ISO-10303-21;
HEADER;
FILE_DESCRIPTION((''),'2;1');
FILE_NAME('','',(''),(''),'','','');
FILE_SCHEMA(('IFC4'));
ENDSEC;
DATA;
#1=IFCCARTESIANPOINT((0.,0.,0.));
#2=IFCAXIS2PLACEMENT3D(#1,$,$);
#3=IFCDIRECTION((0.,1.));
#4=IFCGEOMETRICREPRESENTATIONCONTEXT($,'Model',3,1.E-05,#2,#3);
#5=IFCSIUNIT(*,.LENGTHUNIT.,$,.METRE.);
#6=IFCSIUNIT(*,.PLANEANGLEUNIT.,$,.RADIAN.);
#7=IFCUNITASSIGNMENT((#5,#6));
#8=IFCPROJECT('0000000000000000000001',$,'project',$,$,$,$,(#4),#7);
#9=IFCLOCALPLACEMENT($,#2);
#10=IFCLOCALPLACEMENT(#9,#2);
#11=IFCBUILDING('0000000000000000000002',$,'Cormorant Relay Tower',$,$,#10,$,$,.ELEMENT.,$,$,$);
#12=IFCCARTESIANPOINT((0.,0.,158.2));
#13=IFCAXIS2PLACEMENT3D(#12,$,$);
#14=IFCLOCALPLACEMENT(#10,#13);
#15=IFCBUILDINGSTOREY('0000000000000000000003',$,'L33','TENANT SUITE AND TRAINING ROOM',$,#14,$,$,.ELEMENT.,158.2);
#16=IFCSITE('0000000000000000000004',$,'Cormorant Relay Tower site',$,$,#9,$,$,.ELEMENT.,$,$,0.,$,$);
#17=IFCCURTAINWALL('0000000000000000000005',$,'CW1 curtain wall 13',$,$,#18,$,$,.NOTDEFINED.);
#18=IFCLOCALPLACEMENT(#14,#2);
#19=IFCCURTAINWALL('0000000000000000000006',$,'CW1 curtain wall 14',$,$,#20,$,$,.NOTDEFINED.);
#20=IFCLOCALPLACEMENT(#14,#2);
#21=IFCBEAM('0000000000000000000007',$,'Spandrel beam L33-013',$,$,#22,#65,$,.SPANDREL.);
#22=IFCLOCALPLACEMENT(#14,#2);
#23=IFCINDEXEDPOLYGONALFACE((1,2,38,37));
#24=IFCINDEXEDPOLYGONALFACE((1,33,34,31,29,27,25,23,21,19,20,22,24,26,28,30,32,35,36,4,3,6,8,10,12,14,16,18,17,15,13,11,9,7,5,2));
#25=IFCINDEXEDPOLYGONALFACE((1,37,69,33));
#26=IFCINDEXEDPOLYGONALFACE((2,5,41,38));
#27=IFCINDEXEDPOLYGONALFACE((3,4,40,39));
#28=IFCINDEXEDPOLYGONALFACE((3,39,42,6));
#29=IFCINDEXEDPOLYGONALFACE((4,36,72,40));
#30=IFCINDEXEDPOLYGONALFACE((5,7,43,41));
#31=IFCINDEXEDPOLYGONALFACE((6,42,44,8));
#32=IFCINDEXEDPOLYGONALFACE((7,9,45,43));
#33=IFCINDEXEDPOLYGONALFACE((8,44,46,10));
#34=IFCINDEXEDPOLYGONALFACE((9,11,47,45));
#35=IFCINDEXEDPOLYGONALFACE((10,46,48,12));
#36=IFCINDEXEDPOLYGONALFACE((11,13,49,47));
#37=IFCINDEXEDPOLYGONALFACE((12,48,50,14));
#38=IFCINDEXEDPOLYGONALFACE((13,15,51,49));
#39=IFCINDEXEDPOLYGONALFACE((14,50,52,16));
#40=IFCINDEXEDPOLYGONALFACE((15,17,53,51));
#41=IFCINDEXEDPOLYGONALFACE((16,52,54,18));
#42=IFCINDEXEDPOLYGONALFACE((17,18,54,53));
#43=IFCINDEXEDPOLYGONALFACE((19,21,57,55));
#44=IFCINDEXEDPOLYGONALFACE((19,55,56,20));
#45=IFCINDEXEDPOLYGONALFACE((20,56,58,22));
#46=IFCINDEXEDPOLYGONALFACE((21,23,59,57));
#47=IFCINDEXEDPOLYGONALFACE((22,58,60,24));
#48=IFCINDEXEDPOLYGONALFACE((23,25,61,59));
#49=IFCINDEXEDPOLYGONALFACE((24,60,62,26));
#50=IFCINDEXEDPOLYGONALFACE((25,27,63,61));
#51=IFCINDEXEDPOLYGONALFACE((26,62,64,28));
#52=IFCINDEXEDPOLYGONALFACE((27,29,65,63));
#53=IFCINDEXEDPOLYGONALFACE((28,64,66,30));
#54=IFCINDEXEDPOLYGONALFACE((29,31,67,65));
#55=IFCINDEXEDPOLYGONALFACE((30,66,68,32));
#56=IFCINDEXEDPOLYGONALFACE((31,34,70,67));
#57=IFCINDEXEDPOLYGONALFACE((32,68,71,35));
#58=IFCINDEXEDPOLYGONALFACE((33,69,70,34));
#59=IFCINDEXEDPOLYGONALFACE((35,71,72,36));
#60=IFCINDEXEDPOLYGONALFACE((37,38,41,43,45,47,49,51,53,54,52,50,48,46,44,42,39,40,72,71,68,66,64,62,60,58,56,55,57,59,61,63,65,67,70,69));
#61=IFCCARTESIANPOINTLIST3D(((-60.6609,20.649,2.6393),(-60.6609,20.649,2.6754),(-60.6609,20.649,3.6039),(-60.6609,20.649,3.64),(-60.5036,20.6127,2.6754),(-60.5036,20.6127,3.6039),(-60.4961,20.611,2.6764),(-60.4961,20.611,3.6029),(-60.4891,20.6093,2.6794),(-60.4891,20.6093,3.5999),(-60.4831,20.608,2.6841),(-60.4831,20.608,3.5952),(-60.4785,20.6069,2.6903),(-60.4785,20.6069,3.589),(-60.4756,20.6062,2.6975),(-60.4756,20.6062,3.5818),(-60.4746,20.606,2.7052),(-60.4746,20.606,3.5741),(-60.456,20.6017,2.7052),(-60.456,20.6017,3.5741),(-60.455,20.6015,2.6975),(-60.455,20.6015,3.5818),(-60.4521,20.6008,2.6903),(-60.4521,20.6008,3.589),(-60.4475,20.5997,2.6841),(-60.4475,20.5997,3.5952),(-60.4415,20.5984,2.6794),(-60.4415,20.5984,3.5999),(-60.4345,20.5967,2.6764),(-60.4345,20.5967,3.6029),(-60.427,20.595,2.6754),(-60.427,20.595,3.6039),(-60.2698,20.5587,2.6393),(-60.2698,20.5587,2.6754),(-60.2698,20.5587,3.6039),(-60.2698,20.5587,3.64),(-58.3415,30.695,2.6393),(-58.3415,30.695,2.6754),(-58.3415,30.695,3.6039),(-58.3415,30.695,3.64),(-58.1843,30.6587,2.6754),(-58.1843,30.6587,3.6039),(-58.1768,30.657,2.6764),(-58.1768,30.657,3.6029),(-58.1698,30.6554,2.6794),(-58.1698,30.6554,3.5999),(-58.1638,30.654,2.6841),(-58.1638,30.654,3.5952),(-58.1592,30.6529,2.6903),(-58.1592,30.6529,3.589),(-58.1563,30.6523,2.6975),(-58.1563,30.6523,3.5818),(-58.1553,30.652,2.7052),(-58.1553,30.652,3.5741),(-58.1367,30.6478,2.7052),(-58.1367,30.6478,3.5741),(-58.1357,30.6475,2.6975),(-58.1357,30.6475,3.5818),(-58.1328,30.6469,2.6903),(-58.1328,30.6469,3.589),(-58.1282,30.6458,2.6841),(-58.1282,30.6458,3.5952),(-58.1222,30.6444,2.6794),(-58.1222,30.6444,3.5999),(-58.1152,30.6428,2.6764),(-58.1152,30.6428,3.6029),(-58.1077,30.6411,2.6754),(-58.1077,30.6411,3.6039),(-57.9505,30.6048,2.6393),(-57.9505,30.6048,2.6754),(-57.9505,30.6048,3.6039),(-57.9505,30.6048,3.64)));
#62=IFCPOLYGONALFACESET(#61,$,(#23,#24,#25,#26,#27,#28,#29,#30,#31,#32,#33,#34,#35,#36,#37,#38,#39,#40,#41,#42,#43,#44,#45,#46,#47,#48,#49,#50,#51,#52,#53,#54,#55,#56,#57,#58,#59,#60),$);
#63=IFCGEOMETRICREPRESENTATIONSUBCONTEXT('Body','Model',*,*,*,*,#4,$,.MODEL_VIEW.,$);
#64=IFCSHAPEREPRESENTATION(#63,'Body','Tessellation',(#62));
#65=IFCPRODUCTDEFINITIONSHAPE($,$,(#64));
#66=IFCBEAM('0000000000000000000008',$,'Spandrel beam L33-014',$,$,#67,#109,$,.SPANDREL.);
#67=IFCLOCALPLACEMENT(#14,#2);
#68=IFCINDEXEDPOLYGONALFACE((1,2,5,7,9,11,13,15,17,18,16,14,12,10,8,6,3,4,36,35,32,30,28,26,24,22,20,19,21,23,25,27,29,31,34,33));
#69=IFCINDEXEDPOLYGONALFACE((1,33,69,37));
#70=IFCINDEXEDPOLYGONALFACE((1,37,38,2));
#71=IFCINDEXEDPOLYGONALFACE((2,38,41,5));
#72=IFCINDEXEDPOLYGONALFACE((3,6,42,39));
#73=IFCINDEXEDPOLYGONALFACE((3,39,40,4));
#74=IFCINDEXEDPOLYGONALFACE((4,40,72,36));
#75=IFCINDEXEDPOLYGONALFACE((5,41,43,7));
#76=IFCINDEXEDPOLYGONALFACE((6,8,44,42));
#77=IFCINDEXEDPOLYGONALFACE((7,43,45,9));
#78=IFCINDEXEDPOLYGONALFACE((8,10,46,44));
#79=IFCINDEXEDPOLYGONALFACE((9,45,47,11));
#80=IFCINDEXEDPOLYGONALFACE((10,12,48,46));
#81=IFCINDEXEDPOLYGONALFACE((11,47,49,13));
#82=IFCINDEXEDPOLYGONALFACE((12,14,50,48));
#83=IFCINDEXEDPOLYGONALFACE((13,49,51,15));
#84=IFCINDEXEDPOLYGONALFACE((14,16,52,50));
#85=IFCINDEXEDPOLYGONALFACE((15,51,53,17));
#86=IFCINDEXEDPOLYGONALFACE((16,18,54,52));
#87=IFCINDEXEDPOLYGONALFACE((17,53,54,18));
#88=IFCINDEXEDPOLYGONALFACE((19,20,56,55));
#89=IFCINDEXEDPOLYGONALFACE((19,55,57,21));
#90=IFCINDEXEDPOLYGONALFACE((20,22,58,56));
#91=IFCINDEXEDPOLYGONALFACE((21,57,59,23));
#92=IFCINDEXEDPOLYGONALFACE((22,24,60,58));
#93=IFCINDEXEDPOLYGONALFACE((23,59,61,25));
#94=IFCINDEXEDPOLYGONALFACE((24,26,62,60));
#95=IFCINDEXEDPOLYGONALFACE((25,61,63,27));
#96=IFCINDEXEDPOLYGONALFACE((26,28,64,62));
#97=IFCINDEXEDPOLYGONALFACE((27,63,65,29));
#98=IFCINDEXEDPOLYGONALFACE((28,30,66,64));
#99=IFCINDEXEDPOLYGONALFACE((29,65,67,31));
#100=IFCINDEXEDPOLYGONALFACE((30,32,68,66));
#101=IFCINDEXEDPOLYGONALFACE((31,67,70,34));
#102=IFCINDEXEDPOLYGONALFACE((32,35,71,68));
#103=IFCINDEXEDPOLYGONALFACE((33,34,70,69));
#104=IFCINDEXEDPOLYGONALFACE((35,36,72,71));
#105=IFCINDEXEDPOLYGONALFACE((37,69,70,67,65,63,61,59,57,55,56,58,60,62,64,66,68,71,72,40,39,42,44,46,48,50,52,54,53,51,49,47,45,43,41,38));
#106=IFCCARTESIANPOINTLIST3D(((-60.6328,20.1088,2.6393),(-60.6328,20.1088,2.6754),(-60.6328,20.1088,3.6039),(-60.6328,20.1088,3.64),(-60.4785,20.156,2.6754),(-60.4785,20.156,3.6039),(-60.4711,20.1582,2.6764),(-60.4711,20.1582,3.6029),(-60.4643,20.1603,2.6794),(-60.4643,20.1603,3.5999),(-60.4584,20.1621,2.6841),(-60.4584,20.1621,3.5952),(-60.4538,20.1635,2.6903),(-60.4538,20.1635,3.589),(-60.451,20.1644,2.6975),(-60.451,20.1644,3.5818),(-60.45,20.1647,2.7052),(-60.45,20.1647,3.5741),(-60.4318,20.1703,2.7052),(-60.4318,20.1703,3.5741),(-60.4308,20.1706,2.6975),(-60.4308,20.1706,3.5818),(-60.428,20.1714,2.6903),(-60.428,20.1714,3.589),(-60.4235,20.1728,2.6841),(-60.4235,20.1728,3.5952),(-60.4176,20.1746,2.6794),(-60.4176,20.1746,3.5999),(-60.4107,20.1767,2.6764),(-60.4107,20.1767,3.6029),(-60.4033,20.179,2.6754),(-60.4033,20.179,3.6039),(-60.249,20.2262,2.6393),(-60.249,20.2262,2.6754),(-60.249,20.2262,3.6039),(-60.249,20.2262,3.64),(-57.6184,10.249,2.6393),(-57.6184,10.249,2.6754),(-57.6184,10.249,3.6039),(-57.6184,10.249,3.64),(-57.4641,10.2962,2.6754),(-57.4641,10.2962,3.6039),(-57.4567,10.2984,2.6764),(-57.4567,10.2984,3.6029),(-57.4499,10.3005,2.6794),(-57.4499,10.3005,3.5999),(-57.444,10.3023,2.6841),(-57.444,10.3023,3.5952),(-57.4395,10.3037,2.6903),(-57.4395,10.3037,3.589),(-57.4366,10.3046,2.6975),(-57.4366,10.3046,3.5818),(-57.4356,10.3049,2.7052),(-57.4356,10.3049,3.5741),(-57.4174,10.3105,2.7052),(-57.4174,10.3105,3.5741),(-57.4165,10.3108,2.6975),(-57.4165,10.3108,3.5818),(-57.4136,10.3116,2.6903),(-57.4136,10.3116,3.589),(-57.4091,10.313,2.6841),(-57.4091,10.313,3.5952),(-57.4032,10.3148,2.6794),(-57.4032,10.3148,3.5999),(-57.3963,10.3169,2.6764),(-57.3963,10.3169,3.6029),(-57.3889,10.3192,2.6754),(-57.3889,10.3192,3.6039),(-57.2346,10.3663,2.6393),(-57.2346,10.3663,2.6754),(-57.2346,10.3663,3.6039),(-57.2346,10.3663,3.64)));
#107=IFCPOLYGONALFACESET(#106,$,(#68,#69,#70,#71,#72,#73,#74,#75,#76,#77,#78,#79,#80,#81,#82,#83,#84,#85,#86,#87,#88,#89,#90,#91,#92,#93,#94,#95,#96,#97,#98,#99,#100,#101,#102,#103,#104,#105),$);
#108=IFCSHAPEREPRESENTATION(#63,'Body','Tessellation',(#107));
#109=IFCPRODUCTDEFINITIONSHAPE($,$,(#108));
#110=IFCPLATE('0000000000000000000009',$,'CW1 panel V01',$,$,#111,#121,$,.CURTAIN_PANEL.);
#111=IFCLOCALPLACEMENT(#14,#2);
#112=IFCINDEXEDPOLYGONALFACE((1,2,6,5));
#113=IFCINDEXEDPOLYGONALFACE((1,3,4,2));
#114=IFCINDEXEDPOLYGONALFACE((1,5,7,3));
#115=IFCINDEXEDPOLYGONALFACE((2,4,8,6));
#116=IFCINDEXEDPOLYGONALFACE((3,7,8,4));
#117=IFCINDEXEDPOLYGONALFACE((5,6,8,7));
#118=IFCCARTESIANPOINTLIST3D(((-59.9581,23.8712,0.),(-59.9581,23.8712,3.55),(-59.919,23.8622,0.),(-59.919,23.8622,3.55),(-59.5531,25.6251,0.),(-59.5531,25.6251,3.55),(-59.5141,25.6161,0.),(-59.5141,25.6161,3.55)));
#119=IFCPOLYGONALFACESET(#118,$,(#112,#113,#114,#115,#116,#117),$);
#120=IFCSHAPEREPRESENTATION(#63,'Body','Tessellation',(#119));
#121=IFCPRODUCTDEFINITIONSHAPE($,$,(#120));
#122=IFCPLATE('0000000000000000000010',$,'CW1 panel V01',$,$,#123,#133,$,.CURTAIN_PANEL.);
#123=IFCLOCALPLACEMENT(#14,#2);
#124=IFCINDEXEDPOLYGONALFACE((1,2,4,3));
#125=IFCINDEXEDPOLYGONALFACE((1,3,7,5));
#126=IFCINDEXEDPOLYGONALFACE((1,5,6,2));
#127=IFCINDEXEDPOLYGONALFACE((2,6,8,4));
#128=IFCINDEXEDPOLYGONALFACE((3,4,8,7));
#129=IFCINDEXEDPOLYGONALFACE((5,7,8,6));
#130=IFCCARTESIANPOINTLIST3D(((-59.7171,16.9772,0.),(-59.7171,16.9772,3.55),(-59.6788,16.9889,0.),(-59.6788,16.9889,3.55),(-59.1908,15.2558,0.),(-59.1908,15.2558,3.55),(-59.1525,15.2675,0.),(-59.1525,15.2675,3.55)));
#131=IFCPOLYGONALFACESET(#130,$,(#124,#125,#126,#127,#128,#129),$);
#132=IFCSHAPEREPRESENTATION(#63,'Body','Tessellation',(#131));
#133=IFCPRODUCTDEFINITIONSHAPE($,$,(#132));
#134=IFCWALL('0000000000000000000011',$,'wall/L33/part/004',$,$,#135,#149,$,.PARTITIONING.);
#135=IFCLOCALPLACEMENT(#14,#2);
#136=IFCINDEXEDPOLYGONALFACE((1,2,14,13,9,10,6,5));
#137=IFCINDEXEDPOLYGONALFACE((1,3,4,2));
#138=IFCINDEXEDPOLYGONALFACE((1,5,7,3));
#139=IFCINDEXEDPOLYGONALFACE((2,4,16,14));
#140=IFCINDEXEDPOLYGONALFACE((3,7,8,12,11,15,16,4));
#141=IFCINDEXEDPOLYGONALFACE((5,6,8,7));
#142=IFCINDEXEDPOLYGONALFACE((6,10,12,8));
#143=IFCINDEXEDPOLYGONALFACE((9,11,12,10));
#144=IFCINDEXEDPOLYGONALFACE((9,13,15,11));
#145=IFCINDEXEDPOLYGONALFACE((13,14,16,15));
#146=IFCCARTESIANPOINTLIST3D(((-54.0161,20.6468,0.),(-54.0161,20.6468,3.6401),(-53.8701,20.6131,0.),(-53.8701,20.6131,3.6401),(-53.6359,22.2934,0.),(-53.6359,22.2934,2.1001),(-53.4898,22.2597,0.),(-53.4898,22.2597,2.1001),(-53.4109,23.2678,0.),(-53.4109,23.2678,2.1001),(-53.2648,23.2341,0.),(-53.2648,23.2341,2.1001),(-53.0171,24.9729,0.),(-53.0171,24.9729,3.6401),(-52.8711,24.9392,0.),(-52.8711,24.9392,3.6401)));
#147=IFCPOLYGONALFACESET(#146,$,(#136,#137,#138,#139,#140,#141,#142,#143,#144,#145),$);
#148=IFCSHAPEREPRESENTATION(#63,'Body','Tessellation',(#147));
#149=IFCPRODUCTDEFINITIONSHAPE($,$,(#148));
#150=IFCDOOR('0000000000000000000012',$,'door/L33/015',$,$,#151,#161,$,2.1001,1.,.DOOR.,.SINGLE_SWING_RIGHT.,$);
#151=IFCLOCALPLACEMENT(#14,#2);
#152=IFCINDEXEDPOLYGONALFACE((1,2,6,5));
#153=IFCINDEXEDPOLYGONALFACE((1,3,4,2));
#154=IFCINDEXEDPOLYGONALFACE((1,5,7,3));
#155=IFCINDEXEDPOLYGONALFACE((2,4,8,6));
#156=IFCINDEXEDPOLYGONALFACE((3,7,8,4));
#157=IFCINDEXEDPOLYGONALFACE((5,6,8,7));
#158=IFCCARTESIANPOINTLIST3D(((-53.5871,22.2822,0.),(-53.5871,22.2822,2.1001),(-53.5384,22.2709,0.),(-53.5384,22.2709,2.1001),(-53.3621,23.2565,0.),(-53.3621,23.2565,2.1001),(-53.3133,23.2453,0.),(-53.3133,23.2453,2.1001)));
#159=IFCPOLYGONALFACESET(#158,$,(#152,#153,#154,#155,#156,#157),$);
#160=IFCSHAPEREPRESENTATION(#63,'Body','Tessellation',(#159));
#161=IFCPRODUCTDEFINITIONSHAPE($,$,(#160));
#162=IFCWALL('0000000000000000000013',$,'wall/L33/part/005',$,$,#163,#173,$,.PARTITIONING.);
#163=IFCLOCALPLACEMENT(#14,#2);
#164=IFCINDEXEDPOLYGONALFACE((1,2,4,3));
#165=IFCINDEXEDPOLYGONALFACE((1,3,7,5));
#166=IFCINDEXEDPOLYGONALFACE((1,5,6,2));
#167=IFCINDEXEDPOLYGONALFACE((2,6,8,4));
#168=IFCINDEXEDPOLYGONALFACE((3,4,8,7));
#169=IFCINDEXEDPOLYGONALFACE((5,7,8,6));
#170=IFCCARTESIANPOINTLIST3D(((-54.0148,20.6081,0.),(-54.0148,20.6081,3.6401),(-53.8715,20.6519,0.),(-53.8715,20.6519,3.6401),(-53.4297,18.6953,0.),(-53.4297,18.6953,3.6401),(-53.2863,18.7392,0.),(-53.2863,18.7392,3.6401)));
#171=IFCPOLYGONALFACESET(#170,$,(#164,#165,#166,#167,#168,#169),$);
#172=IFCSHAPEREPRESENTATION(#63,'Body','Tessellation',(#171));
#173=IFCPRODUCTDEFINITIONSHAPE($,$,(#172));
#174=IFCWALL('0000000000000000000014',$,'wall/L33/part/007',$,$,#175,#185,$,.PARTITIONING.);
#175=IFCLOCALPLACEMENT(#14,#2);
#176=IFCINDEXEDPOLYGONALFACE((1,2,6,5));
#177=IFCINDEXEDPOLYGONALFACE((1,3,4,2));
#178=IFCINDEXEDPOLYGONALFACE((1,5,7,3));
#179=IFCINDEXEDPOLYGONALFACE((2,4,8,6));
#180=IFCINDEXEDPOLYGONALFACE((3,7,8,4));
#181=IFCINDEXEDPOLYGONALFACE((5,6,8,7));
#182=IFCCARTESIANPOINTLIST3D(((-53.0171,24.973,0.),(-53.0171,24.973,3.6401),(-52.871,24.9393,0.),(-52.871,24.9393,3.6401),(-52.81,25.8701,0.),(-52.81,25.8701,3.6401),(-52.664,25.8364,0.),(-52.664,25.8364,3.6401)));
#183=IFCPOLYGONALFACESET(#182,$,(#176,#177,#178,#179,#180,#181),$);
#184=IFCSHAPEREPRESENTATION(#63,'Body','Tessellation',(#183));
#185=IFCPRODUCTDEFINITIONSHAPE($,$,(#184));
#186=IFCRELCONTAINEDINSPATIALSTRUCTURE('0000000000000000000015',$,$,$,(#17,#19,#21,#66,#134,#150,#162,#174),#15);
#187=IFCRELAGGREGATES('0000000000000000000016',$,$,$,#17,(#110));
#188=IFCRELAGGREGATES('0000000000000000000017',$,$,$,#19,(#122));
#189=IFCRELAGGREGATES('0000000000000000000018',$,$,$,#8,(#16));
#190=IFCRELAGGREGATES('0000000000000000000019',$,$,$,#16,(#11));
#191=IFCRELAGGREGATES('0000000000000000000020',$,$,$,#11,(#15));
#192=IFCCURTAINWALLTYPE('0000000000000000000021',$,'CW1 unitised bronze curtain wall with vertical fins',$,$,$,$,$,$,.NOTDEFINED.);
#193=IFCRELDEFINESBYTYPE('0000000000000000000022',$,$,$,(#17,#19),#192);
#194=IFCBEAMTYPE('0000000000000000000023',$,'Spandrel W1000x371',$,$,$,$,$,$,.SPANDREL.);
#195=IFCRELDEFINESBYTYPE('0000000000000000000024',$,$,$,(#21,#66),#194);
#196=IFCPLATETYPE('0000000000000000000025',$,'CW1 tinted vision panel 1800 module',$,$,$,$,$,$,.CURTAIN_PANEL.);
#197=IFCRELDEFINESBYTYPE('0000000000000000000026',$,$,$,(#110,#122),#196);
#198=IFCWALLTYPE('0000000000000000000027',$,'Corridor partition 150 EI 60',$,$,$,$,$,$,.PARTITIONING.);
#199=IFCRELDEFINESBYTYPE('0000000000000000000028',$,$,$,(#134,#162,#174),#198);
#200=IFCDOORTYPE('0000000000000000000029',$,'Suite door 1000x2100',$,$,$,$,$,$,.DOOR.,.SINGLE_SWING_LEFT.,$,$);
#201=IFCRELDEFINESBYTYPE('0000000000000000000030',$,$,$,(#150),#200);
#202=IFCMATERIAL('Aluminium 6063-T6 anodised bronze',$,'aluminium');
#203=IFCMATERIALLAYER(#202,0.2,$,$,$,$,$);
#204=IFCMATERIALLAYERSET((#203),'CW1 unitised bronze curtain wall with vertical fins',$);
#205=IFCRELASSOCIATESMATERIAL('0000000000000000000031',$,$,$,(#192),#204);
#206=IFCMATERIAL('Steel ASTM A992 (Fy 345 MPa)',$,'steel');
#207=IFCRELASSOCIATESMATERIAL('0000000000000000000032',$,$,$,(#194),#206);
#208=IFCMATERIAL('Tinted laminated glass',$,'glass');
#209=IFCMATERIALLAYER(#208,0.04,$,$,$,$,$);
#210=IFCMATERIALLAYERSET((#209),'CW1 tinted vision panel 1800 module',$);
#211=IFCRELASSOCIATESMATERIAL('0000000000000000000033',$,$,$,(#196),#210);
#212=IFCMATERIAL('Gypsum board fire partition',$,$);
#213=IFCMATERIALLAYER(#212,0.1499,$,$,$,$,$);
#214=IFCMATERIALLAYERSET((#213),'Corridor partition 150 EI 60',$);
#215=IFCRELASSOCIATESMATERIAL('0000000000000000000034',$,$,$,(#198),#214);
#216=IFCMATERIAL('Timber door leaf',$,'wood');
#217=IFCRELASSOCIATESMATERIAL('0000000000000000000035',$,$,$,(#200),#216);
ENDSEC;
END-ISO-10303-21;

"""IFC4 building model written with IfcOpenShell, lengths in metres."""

from ifc_helpers import new_model, si_unit, direction, frame, frame_2d, origin, origin_2d, place, context, subcontext, project, spatial, rectangle, i_section, extrude, material, layer, layer_set, material_profile, profile_set, type_object, element, fill, aggregate, save


model = new_model("IFC4")

# Units and contexts
model_context = context("Model", 3, precision=1e-05, world=origin(), true_north=direction((0.0, 1.0)))
body_context = subcontext(model_context, "Body", "Model", "MODEL_VIEW")
ifc_project = project(units=[si_unit("LENGTHUNIT", "METRE"), si_unit("PLANEANGLEUNIT", "RADIAN")], contexts=[model_context])

# Site, building, storey
site_placement = place(None, origin())
site = spatial("IfcSite", under=ifc_project, at=site_placement, Name="Cormorant Relay Tower site", CompositionType="ELEMENT", RefElevation=0.0)
building_placement = place(site_placement, origin())
building = spatial("IfcBuilding", under=site, at=building_placement, Name="Cormorant Relay Tower", CompositionType="ELEMENT")
storey_placement = place(building_placement, frame((0.0, 0.0, 158.2)))
storey = spatial("IfcBuildingStorey", under=building, at=storey_placement, Name="L33", Description="TENANT SUITE AND TRAINING ROOM", CompositionType="ELEMENT", Elevation=158.2)

# Curtain walls
ifc_material_1 = material(Name="Aluminium 6063-T6 anodised bronze", Category="aluminium")
ifc_layer_1 = layer(ifc_material_1, 0.2)
ifc_layer_set_1 = layer_set([ifc_layer_1], Name="CW1 unitised bronze curtain wall with vertical fins")
curtain_wall_type = type_object("IfcCurtainWallType", Name="CW1 unitised bronze curtain wall with vertical fins", PredefinedType="NOTDEFINED", material=ifc_layer_set_1)
curtain_wall_1_placement = place(storey_placement, origin())
curtain_wall_1 = element("IfcCurtainWall", 1, at=curtain_wall_1_placement, inside=storey, type_object=curtain_wall_type, Name="CW1 curtain wall 13", PredefinedType="NOTDEFINED")
curtain_wall_2_placement = place(storey_placement, origin())
curtain_wall_2 = element("IfcCurtainWall", 2, at=curtain_wall_2_placement, inside=storey, type_object=curtain_wall_type, Name="CW1 curtain wall 14", PredefinedType="NOTDEFINED")

# Beams
ifc_material_2 = material(Name="Steel ASTM A992 (Fy 345 MPa)", Category="steel")
ifc_material_profile_1 = material_profile(ifc_material_2, i_section(OverallWidth=0.4014, OverallDepth=1.0007, WebThickness=0.019, FlangeThickness=0.0361, FilletRadius=0.0298, at=origin_2d()), Name="W1000x371")
ifc_profile_set_1 = profile_set([ifc_material_profile_1], Name="Steel ASTM A992 (Fy 345 MPa)")
beam_type = type_object("IfcBeamType", Name="Spandrel W1000x371", PredefinedType="SPANDREL", material=ifc_profile_set_1)
for number, where, z_axis, x_axis, name in (
    (3, (-58.146, 30.6499, 3.1396), (-0.224951, -0.97437, 0.0), (0.97437, -0.224951, 0.0), "Spandrel beam L33-013"),
    (4, (-60.4409, 20.1675, 3.1396), (0.292367, -0.956306, 0.0), (0.956306, 0.292367, 0.0), "Spandrel beam L33-014"),
):
    element("IfcBeam", number, at=place(storey_placement, frame(where, z_axis=z_axis, x_axis=x_axis)), inside=storey, type_object=beam_type, Name=name, PredefinedType="SPANDREL", context=body_context, shape_type="SweptSolid", body=[
        extrude(i_section(OverallWidth=0.4014, OverallDepth=1.0007, WebThickness=0.019, FlangeThickness=0.0361, FilletRadius=0.0298, at=origin_2d()), origin(), (0.0, 0.0, 1.0), 10.3103),
    ])

# Plates
ifc_material_3 = material(Name="Tinted laminated glass", Category="glass")
ifc_layer_2 = layer(ifc_material_3, 0.04)
ifc_layer_set_2 = layer_set([ifc_layer_2], Name="CW1 tinted vision panel 1800 module")
plate_type = type_object("IfcPlateType", Name="CW1 tinted vision panel 1800 module", PredefinedType="CURTAIN_PANEL", material=ifc_layer_set_2)
plate_1_placement = place(storey_placement, frame((-59.7361, 24.7437, 0.0), z_axis=(0.0, 0.0, 1.0), x_axis=(-0.224951, -0.97437, 0.0)))
plate_1 = element("IfcPlate", 5, at=plate_1_placement, type_object=plate_type, Name="CW1 panel V01", PredefinedType="CURTAIN_PANEL", context=body_context, shape_type="SweptSolid", body=[
    extrude(rectangle(XDim=1.8, YDim=0.04, at=origin_2d()), origin(), (0.0, 0.0, 1.0), 3.55),
])
plate_2_placement = place(storey_placement, frame((-59.4348, 16.1223, 0.0), z_axis=(0.0, 0.0, 1.0), x_axis=(0.292372, -0.956305, 0.0)))
plate_2 = element("IfcPlate", 6, at=plate_2_placement, type_object=plate_type, Name="CW1 panel V01", PredefinedType="CURTAIN_PANEL", context=body_context, shape_type="SweptSolid", body=[
    extrude(rectangle(XDim=1.8, YDim=0.04, at=origin_2d()), origin(), (0.0, 0.0, 1.0), 3.55),
])

# Wall, opening, door
ifc_material_4 = material(Name="Gypsum board fire partition")
ifc_layer_3 = layer(ifc_material_4, 0.1499)
ifc_layer_set_3 = layer_set([ifc_layer_3], Name="Corridor partition 150 EI 60")
wall_type_1 = type_object("IfcWallType", Name="Corridor partition 150 EI 60", PredefinedType="PARTITIONING", material=ifc_layer_set_3)
wall_1_placement = place(storey_placement, frame((-52.9441, 24.9561, 0.0), z_axis=(0.0, 0.0, 1.0), x_axis=(-0.225004, -0.974358, 0.0)))
wall_1 = element("IfcWall", 7, at=wall_1_placement, inside=storey, type_object=wall_type_1, Name="wall/L33/part/004", PredefinedType="PARTITIONING", context=body_context, shape_type="SweptSolid", body=[
    extrude(rectangle(XDim=4.4399, YDim=0.1499, at=frame_2d((2.22, 0.0))), origin(), (0.0, 0.0, 1.0), 3.6401),
])
opening_1_placement = place(wall_1_placement, frame((1.75, 0.0, 0.0)))
opening_1 = element("IfcOpeningElement", 8, at=opening_1_placement, cuts=wall_1, PredefinedType="OPENING", context=body_context, shape_type="SweptSolid", body=[
    extrude(rectangle(XDim=1.0, YDim=2.1001, at=frame_2d((0.5, 1.05))), frame((0.0, 0.085, 0.0), z_axis=(0.0, -1.0, 0.0), x_axis=(1.0, 0.0, 0.0)), (0.0, 0.0, 1.0), 0.1699),
])
ifc_material_5 = material(Name="Timber door leaf", Category="wood")
door_type_1 = type_object("IfcDoorType", Name="Suite door 1000x2100", OperationType="SINGLE_SWING_LEFT", PredefinedType="DOOR", material=ifc_material_5)
door_1_placement = place(opening_1_placement, frame((1.0, 0.0, 0.0), z_axis=(0.0, 0.0, 1.0), x_axis=(-1.0, 0.0, 0.0)))
door_1 = element("IfcDoor", 9, at=door_1_placement, inside=storey, type_object=door_type_1, Name="door/L33/015", OperationType="SINGLE_SWING_RIGHT", OverallHeight=2.1001, OverallWidth=1.0, PredefinedType="DOOR", context=body_context, shape_type="SweptSolid", body=[
    extrude(rectangle(XDim=1.0, YDim=2.1001, at=frame_2d((0.5, 1.05))), frame((0.0, 0.0249, 0.0), z_axis=(0.0, -1.0, 0.0), x_axis=(1.0, 0.0, 0.0)), (0.0, 0.0, 1.0), 0.05),
])
fill(opening_1, door_1)

# Walls
wall_2_placement = place(storey_placement, frame((-53.9431, 20.6299, 0.0), z_axis=(0.0, 0.0, 1.0), x_axis=(0.29255, -0.95625, 0.0)))
element("IfcWall", 10, at=wall_2_placement, inside=storey, type_object=wall_type_1, Name="wall/L33/part/005", PredefinedType="PARTITIONING", context=body_context, shape_type="SweptSolid", body=[
    extrude(rectangle(XDim=2.0002, YDim=0.1499, at=frame_2d((1.0, 0.0))), origin(), (0.0, 0.0, 1.0), 3.6401),
])
wall_3_placement = place(storey_placement, frame((-52.9441, 24.9561, 0.0), z_axis=(0.0, 0.0, 1.0), x_axis=(0.224898, 0.974382, 0.0)))
element("IfcWall", 11, at=wall_3_placement, inside=storey, type_object=wall_type_1, Name="wall/L33/part/007", PredefinedType="PARTITIONING", context=body_context, shape_type="SweptSolid", body=[
    extrude(rectangle(XDim=0.9207, YDim=0.1499, at=frame_2d((0.4604, 0.0))), origin(), (0.0, 0.0, 1.0), 3.6401),
])

aggregate(curtain_wall_1, [plate_1])
aggregate(curtain_wall_2, [plate_2])

save(model, "model.ifc")
